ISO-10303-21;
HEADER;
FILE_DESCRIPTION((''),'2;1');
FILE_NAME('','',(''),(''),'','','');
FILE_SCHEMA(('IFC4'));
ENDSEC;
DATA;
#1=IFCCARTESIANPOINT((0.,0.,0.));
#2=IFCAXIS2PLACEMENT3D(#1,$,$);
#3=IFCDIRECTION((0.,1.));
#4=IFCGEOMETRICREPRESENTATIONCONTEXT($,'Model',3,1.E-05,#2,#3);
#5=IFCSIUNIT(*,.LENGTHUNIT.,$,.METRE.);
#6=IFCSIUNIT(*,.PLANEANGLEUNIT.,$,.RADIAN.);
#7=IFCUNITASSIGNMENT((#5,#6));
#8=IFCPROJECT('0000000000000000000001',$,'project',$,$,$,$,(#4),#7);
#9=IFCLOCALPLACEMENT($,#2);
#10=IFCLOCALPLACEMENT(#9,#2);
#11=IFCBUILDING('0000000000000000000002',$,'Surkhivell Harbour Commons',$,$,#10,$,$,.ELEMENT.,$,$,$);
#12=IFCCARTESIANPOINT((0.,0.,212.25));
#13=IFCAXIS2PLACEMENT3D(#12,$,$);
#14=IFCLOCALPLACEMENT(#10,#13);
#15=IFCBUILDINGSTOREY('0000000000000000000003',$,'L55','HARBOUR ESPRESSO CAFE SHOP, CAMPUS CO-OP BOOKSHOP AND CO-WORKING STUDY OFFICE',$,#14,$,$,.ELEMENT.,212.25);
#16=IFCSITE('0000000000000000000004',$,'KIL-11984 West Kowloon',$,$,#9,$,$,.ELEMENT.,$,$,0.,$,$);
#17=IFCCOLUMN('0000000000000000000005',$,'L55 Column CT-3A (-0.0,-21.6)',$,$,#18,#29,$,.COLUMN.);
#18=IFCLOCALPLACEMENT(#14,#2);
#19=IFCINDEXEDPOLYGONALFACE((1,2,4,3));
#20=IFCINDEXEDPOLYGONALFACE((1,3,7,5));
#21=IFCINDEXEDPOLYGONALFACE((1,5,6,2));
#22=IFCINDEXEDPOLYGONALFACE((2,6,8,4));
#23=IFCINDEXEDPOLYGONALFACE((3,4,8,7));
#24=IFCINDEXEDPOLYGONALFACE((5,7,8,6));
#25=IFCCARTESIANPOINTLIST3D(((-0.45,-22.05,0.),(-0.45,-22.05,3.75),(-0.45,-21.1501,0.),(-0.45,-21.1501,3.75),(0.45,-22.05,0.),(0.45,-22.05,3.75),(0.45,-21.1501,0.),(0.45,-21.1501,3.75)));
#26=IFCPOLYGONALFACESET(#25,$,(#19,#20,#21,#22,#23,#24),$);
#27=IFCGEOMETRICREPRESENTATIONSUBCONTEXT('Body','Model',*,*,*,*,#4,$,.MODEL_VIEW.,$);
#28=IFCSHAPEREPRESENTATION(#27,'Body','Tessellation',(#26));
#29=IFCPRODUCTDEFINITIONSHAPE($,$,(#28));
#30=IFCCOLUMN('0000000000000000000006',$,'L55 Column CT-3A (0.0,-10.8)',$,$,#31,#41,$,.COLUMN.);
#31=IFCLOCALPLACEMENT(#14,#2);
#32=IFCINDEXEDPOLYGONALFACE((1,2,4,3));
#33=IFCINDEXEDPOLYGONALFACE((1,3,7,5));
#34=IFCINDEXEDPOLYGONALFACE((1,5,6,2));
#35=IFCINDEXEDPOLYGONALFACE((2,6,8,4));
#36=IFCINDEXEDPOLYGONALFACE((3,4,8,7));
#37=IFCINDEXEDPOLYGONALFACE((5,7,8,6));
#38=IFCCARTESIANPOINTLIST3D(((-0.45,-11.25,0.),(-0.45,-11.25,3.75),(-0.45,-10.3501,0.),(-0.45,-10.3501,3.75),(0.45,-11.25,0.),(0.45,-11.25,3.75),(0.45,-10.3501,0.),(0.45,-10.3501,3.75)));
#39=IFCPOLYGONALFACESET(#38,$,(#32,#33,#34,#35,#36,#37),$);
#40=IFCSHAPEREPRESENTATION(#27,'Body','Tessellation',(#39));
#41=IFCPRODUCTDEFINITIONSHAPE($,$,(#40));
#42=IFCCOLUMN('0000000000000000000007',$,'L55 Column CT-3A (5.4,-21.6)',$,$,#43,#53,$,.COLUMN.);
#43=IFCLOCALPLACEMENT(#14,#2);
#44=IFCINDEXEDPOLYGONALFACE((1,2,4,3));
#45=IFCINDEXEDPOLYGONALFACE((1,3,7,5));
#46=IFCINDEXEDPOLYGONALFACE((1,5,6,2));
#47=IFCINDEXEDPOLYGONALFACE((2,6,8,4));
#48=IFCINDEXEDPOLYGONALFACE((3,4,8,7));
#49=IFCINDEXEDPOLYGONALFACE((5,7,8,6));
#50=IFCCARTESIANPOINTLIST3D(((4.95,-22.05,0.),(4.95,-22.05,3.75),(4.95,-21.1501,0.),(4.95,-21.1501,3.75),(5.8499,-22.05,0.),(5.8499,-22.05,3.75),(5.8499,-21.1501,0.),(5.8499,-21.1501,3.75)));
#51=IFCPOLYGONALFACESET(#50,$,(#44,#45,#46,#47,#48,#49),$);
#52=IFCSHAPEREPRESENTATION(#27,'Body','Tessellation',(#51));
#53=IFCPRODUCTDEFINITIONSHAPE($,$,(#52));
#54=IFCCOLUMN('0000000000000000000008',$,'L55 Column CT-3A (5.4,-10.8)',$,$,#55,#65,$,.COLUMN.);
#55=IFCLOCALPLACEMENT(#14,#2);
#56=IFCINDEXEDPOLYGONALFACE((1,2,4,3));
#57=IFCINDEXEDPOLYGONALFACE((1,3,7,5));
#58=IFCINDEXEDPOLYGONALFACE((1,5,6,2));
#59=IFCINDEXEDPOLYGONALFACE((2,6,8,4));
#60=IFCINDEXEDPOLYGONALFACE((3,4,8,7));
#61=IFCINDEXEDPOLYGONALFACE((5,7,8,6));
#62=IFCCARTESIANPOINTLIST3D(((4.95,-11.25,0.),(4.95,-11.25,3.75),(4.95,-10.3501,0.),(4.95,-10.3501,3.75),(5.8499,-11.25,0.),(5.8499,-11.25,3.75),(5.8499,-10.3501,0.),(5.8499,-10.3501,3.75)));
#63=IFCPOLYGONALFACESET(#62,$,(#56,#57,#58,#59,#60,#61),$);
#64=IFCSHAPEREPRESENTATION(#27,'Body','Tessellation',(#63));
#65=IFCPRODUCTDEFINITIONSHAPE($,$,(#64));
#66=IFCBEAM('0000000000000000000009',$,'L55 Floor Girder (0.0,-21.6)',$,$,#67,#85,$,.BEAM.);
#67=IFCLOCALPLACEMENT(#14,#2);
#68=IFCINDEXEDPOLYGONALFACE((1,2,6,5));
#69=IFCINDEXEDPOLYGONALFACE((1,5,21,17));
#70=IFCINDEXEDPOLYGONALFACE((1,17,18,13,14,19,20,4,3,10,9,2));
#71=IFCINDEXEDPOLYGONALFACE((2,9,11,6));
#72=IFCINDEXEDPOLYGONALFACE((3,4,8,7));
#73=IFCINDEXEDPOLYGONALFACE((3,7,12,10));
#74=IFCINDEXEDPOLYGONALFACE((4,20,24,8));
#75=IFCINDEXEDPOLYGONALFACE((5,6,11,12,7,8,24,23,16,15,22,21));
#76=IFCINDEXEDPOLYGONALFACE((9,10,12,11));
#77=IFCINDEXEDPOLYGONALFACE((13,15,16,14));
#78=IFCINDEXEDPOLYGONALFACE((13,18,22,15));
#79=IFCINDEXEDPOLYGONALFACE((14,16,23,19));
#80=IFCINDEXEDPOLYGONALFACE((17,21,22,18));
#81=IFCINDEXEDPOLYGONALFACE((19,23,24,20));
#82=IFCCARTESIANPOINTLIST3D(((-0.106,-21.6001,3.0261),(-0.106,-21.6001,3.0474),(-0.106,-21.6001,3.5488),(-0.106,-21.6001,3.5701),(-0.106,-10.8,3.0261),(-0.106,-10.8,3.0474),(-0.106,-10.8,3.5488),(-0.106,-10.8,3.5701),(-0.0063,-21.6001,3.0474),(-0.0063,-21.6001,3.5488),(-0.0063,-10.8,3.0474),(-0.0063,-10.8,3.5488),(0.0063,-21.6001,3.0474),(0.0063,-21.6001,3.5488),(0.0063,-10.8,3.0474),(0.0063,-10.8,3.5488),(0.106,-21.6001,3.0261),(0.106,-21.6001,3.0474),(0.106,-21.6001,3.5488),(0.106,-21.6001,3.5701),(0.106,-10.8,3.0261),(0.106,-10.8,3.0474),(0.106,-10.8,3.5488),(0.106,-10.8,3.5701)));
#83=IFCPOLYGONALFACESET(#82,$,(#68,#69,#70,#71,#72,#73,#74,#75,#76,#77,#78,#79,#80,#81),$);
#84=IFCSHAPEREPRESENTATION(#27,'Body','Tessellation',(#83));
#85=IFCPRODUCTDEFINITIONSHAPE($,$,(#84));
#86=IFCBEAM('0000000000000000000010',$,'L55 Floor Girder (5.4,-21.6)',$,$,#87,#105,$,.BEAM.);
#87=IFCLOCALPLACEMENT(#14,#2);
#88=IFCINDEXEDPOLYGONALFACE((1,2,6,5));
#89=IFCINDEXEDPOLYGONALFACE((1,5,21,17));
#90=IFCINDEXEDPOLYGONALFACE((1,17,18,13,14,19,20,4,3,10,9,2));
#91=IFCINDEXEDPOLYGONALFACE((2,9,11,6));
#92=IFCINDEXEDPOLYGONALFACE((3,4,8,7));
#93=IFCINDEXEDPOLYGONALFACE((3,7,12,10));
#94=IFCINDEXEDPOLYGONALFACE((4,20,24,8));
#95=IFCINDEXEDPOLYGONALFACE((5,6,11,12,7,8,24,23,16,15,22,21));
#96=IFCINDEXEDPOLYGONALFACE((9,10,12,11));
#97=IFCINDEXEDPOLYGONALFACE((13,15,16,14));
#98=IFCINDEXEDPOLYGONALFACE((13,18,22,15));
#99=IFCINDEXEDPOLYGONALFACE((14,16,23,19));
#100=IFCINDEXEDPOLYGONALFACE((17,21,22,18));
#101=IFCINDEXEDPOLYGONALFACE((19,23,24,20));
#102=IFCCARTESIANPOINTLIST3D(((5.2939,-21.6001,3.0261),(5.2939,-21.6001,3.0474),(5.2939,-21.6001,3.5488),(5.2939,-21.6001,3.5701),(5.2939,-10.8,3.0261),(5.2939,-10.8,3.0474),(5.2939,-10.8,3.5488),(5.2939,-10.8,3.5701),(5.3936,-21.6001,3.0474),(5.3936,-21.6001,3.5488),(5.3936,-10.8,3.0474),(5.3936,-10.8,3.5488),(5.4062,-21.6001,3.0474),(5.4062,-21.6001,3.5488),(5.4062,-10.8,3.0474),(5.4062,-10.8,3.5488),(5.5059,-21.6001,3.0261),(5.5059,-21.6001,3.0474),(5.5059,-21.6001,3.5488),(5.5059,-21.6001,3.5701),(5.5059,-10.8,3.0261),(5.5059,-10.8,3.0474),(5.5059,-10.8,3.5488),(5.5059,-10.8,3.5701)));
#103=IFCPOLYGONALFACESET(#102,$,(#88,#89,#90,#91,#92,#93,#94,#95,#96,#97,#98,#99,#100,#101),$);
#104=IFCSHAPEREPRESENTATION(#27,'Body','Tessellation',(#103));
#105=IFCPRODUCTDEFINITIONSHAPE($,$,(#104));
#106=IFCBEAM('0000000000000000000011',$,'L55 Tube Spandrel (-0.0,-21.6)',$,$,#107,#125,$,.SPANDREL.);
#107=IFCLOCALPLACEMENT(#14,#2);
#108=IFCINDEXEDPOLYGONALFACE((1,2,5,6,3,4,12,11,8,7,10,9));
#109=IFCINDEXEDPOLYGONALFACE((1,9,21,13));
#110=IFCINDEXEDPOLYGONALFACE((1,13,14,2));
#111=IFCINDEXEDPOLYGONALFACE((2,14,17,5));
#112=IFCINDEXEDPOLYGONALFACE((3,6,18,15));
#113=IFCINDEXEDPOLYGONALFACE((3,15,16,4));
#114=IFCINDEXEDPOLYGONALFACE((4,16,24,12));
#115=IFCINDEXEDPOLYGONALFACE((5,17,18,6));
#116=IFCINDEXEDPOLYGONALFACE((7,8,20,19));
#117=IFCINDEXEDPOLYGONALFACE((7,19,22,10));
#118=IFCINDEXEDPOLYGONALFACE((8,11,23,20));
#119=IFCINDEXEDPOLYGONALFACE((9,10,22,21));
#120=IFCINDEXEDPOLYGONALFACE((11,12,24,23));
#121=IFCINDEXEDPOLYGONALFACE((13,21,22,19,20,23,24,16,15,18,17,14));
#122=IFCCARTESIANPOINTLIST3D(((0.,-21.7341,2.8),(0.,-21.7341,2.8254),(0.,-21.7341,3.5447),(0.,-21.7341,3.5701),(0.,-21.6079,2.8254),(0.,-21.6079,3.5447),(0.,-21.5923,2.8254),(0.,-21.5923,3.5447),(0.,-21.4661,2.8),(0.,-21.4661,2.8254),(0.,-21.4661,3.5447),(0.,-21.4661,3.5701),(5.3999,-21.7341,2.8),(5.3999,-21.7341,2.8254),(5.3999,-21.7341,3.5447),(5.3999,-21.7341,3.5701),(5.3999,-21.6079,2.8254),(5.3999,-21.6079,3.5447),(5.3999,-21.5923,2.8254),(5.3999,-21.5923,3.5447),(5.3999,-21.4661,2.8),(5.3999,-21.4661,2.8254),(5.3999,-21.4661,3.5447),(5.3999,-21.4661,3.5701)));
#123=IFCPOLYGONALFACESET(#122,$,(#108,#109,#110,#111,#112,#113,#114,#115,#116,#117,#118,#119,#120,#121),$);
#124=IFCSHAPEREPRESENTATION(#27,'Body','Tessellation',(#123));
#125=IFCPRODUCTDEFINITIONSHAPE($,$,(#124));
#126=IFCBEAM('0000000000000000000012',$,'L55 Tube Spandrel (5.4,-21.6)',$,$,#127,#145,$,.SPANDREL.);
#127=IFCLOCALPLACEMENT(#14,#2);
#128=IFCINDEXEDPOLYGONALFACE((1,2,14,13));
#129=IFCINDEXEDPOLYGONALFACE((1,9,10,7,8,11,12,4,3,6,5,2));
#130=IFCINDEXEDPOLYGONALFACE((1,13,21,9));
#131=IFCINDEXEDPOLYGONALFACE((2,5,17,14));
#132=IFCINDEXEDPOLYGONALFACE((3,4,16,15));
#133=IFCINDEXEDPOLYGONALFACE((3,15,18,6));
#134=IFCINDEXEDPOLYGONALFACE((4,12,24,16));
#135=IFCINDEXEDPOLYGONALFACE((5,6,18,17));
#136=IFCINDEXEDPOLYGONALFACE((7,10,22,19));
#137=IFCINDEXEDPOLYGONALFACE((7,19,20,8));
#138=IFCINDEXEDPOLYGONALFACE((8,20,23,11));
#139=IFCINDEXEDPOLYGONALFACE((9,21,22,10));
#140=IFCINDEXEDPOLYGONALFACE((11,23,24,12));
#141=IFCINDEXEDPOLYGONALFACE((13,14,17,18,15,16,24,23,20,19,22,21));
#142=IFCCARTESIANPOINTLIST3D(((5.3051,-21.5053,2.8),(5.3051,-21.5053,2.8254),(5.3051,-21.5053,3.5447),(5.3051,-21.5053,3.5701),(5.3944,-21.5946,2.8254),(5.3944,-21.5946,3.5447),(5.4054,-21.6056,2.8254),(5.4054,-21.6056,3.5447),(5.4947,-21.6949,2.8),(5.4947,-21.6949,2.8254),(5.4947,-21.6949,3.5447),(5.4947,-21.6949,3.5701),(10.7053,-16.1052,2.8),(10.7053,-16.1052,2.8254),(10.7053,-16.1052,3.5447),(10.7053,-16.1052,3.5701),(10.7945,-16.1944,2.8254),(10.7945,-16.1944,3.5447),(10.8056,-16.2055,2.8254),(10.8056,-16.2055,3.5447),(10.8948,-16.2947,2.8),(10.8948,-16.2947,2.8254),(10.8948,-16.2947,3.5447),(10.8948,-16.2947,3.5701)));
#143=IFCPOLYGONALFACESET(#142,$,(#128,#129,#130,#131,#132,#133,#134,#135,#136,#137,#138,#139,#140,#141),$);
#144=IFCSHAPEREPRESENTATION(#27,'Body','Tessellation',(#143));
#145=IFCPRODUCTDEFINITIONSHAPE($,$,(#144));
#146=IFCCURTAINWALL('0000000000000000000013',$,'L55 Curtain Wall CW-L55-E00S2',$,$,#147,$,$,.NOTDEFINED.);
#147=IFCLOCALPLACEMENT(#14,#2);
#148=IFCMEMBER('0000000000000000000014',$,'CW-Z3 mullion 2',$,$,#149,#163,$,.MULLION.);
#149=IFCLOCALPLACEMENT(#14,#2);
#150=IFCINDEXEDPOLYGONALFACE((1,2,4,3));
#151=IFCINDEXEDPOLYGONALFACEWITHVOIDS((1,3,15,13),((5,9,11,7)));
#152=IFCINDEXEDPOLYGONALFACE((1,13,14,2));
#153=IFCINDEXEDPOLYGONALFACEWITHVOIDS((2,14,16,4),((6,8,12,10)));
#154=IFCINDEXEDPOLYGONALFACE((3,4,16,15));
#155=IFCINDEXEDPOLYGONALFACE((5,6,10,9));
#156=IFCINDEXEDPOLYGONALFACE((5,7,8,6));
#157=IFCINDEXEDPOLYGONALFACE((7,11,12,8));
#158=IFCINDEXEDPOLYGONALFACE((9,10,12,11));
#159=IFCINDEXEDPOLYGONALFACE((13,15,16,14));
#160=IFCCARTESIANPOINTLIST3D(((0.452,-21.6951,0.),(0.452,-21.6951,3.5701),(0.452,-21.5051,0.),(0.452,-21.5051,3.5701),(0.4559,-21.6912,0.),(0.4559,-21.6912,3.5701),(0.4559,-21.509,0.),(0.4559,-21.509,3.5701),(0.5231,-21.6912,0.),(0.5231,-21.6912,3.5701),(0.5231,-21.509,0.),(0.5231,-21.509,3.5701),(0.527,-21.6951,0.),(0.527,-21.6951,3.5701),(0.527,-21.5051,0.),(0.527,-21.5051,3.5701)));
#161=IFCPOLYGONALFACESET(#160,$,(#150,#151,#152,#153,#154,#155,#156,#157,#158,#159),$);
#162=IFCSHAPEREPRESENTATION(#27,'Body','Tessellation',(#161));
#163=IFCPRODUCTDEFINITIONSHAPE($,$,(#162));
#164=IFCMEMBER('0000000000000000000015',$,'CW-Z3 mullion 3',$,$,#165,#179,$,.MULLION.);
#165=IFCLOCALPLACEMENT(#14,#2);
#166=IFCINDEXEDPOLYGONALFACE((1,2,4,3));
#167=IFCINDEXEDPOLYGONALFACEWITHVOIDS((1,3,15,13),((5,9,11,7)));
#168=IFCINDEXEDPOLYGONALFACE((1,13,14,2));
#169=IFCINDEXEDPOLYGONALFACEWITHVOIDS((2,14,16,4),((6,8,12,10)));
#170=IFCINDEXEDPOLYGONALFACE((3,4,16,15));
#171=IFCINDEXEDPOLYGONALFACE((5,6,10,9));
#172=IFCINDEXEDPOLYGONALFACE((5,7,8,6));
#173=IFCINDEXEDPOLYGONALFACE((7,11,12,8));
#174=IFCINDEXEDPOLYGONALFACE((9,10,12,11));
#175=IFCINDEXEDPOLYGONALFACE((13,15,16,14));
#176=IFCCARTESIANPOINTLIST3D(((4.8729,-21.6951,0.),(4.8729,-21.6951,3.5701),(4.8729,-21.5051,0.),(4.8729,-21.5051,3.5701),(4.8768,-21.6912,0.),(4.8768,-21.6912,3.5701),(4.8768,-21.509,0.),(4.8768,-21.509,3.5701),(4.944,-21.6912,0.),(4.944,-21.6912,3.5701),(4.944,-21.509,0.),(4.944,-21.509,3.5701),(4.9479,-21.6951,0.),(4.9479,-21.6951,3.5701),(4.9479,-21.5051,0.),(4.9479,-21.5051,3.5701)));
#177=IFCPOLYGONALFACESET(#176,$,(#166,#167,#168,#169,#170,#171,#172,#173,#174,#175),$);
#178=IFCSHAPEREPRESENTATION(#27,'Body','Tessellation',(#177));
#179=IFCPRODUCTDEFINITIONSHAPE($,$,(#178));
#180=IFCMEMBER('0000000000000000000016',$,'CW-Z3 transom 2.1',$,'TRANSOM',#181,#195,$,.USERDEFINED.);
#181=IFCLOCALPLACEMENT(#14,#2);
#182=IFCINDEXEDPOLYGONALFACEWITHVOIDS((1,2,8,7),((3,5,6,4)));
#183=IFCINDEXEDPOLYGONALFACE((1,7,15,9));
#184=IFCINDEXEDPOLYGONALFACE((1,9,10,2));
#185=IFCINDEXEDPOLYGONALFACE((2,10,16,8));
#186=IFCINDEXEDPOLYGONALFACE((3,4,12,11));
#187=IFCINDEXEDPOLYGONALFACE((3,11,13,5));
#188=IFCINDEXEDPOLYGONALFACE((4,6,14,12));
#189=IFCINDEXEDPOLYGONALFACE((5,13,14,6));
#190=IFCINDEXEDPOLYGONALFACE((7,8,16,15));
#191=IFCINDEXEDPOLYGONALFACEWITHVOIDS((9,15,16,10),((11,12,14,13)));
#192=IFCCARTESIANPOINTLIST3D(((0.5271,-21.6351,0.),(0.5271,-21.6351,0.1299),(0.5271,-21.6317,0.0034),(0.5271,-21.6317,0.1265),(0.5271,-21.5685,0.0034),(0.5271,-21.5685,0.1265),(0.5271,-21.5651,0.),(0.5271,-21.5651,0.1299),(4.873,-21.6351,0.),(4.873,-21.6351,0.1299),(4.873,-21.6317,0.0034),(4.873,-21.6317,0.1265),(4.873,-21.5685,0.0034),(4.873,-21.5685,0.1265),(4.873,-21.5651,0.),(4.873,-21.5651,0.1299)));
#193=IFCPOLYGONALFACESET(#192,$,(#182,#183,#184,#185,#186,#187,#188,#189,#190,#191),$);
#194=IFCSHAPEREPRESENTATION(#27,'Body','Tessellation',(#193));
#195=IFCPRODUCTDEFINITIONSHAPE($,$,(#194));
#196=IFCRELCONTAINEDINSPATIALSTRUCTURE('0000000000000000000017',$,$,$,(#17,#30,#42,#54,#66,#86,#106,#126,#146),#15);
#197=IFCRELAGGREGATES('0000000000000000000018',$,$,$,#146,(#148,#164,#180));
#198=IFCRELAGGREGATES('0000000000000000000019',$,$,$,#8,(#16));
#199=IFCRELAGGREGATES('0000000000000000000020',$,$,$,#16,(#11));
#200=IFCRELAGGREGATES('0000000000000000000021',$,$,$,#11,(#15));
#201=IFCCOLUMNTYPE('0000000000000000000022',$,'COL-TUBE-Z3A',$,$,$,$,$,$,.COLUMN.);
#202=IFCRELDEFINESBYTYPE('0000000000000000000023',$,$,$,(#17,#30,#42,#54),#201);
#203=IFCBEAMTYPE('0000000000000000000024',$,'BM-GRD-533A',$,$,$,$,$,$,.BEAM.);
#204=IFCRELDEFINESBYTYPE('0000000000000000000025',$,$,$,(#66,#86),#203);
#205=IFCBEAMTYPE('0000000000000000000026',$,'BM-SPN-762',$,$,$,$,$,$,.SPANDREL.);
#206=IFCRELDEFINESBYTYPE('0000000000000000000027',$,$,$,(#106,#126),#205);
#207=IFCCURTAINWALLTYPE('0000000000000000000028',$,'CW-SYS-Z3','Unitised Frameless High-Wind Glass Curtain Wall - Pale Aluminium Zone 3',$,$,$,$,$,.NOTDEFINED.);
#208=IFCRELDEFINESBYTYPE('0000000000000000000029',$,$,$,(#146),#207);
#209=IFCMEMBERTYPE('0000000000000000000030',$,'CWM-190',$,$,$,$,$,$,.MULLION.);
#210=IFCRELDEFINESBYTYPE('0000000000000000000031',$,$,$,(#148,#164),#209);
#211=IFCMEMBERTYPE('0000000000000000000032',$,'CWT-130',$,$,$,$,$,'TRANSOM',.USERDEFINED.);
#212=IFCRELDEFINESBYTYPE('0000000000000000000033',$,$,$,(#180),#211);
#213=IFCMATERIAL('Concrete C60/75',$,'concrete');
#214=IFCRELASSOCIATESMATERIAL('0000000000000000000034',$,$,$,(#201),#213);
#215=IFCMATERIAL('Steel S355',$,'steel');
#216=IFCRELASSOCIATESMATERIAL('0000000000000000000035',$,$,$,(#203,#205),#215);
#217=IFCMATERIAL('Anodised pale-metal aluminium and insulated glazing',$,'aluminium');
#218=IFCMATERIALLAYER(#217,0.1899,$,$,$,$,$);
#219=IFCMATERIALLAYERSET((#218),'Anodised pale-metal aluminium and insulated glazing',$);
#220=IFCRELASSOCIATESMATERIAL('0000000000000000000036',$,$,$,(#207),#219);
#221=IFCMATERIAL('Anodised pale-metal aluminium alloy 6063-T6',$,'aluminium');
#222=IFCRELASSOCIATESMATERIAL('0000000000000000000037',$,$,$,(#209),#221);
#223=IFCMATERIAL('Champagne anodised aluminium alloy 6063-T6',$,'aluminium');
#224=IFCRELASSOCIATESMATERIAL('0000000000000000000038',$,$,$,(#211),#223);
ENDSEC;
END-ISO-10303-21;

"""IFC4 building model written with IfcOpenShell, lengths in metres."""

from ifc_helpers import new_model, si_unit, direction, frame, origin, origin_2d, place, context, subcontext, project, spatial, rectangle, hollow_rectangle, i_section, extrude, material, layer, layer_set, material_profile, profile_set, type_object, element, aggregate, save


model = new_model("IFC4")

# Units and contexts
model_context = context("Model", 3, precision=1e-05, world=origin(), true_north=direction((0.0, 1.0)))
body_context = subcontext(model_context, "Body", "Model", "MODEL_VIEW")
ifc_project = project(units=[si_unit("LENGTHUNIT", "METRE"), si_unit("PLANEANGLEUNIT", "RADIAN")], contexts=[model_context])

# Site, building, storey
site_placement = place(None, origin())
site = spatial("IfcSite", under=ifc_project, at=site_placement, Name="KIL-11984 West Kowloon", CompositionType="ELEMENT", RefElevation=0.0)
building_placement = place(site_placement, origin())
building = spatial("IfcBuilding", under=site, at=building_placement, Name="Surkhivell Harbour Commons", CompositionType="ELEMENT")
storey_placement = place(building_placement, frame((0.0, 0.0, 212.25)))
storey = spatial("IfcBuildingStorey", under=building, at=storey_placement, Name="L55", Description="HARBOUR ESPRESSO CAFE SHOP, CAMPUS CO-OP BOOKSHOP AND CO-WORKING STUDY OFFICE", CompositionType="ELEMENT", Elevation=212.25)

# Columns
ifc_material_1 = material(Name="Concrete C60/75", Category="concrete")
ifc_material_profile_1 = material_profile(ifc_material_1, rectangle(XDim=0.8999, YDim=0.8999, at=origin_2d()), Name="RC-COL-900x900")
ifc_profile_set_1 = profile_set([ifc_material_profile_1], Name="Concrete C60/75")
column_type = type_object("IfcColumnType", Name="COL-TUBE-Z3A", PredefinedType="COLUMN", material=ifc_profile_set_1)
for number, where, z_axis, x_axis, name in (
    (1, (0.0, -21.6001, 0.0), (0.0, 0.0, 1.0), (1.0, 0.0, 0.0), "L55 Column CT-3A (-0.0,-21.6)"),
    (2, (0.0, -10.8, 0.0), (0.0, 0.0, 1.0), (1.0, 0.0, 0.0), "L55 Column CT-3A (0.0,-10.8)"),
    (3, (5.3999, -21.6001, 0.0), (0.0, 0.0, 1.0), (1.0, 0.0, 0.0), "L55 Column CT-3A (5.4,-21.6)"),
    (4, (5.3999, -10.8, 0.0), (0.0, 0.0, 1.0), (1.0, 0.0, 0.0), "L55 Column CT-3A (5.4,-10.8)"),
):
    element("IfcColumn", number, at=place(storey_placement, frame(where, z_axis=z_axis, x_axis=x_axis)), inside=storey, type_object=column_type, Name=name, PredefinedType="COLUMN", context=body_context, shape_type="SweptSolid", body=[
        extrude(rectangle(XDim=0.8999, YDim=0.8999, at=origin_2d()), origin(), (0.0, 0.0, 1.0), 3.75),
    ])

# Beams
ifc_material_2 = material(Name="Steel S355", Category="steel")
ifc_material_profile_2 = material_profile(ifc_material_2, i_section(OverallWidth=0.2119, OverallDepth=0.5439, WebThickness=0.0127, FlangeThickness=0.0212, at=origin_2d()), Name="UB533x210x122")
ifc_profile_set_2 = profile_set([ifc_material_profile_2], Name="Steel S355")
beam_type_1 = type_object("IfcBeamType", Name="BM-GRD-533A", PredefinedType="BEAM", material=ifc_profile_set_2)
for number, where, z_axis, x_axis, name in (
    (5, (0.0, -21.6001, 3.2981), (0.0, 1.0, 0.0), (-1.0, 0.0, 0.0), "L55 Floor Girder (0.0,-21.6)"),
    (6, (5.3999, -21.6001, 3.2981), (0.0, 1.0, 0.0), (-1.0, 0.0, 0.0), "L55 Floor Girder (5.4,-21.6)"),
):
    element("IfcBeam", number, at=place(storey_placement, frame(where, z_axis=z_axis, x_axis=x_axis)), inside=storey, type_object=beam_type_1, Name=name, PredefinedType="BEAM", context=body_context, shape_type="SweptSolid", body=[
        extrude(i_section(OverallWidth=0.2119, OverallDepth=0.5439, WebThickness=0.0127, FlangeThickness=0.0212, at=origin_2d()), origin(), (0.0, 0.0, 1.0), 10.8),
    ])
ifc_material_profile_3 = material_profile(ifc_material_2, i_section(OverallWidth=0.2681, OverallDepth=0.77, WebThickness=0.0156, FlangeThickness=0.0254, at=origin_2d()), Name="UB762x267x197")
ifc_profile_set_3 = profile_set([ifc_material_profile_3], Name="Steel S355")
beam_type_2 = type_object("IfcBeamType", Name="BM-SPN-762", PredefinedType="SPANDREL", material=ifc_profile_set_3)
beam_1_placement = place(storey_placement, frame((0.0, -21.6001, 3.1851), z_axis=(1.0, 0.0, 0.0), x_axis=(0.0, 1.0, 0.0)))
element("IfcBeam", 7, at=beam_1_placement, inside=storey, type_object=beam_type_2, Name="L55 Tube Spandrel (-0.0,-21.6)", PredefinedType="SPANDREL", context=body_context, shape_type="SweptSolid", body=[
    extrude(i_section(OverallWidth=0.2681, OverallDepth=0.77, WebThickness=0.0156, FlangeThickness=0.0254, at=origin_2d()), origin(), (0.0, 0.0, 1.0), 5.3999),
])
beam_2_placement = place(storey_placement, frame((5.3999, -21.6001, 3.1851), z_axis=(0.707107, 0.707107, 0.0), x_axis=(-0.707107, 0.707107, 0.0)))
element("IfcBeam", 8, at=beam_2_placement, inside=storey, type_object=beam_type_2, Name="L55 Tube Spandrel (5.4,-21.6)", PredefinedType="SPANDREL", context=body_context, shape_type="SweptSolid", body=[
    extrude(i_section(OverallWidth=0.2681, OverallDepth=0.77, WebThickness=0.0156, FlangeThickness=0.0254, at=origin_2d()), origin(), (0.0, 0.0, 1.0), 7.637),
])

# Curtain wall, members
ifc_material_3 = material(Name="Anodised pale-metal aluminium and insulated glazing", Category="aluminium")
ifc_layer_1 = layer(ifc_material_3, 0.1899)
ifc_layer_set_1 = layer_set([ifc_layer_1], Name="Anodised pale-metal aluminium and insulated glazing")
curtain_wall_type = type_object("IfcCurtainWallType", Name="CW-SYS-Z3", Description="Unitised Frameless High-Wind Glass Curtain Wall - Pale Aluminium Zone 3", PredefinedType="NOTDEFINED", material=ifc_layer_set_1)
curtain_wall_placement = place(storey_placement, origin())
curtain_wall = element("IfcCurtainWall", 9, at=curtain_wall_placement, inside=storey, type_object=curtain_wall_type, Name="L55 Curtain Wall CW-L55-E00S2", PredefinedType="NOTDEFINED")
ifc_material_4 = material(Name="Anodised pale-metal aluminium alloy 6063-T6", Category="aluminium")
ifc_material_profile_4 = material_profile(ifc_material_4, hollow_rectangle(XDim=0.075, YDim=0.1899, WallThickness=0.0039, at=origin_2d()), Name="ALU-MULL-75x190")
ifc_profile_set_4 = profile_set([ifc_material_profile_4], Name="Anodised pale-metal aluminium alloy 6063-T6")
member_type_1 = type_object("IfcMemberType", Name="CWM-190", PredefinedType="MULLION", material=ifc_profile_set_4)
member_1_placement = place(storey_placement, frame((0.4895, -21.6001, 0.0), z_axis=(0.0, 0.0, 1.0), x_axis=(1.0, 0.0, 0.0)))
member_1 = element("IfcMember", 10, at=member_1_placement, type_object=member_type_1, Name="CW-Z3 mullion 2", PredefinedType="MULLION", context=body_context, shape_type="SweptSolid", body=[
    extrude(hollow_rectangle(XDim=0.075, YDim=0.1899, WallThickness=0.0039, at=origin_2d()), origin(), (0.0, 0.0, 1.0), 3.5701),
])
member_2_placement = place(storey_placement, frame((4.9104, -21.6001, 0.0), z_axis=(0.0, 0.0, 1.0), x_axis=(1.0, 0.0, 0.0)))
member_2 = element("IfcMember", 11, at=member_2_placement, type_object=member_type_1, Name="CW-Z3 mullion 3", PredefinedType="MULLION", context=body_context, shape_type="SweptSolid", body=[
    extrude(hollow_rectangle(XDim=0.075, YDim=0.1899, WallThickness=0.0039, at=origin_2d()), origin(), (0.0, 0.0, 1.0), 3.5701),
])
ifc_material_5 = material(Name="Champagne anodised aluminium alloy 6063-T6", Category="aluminium")
ifc_material_profile_5 = material_profile(ifc_material_5, hollow_rectangle(XDim=0.0701, YDim=0.1299, WallThickness=0.0034, at=origin_2d()), Name="ALU-TRAN-70x130")
ifc_profile_set_5 = profile_set([ifc_material_profile_5], Name="Champagne anodised aluminium alloy 6063-T6")
member_type_2 = type_object("IfcMemberType", Name="CWT-130", ElementType="TRANSOM", PredefinedType="USERDEFINED", material=ifc_profile_set_5)
member_3_placement = place(storey_placement, frame((0.5271, -21.6001, 0.0649), z_axis=(1.0, 0.0, 0.0), x_axis=(0.0, 1.0, 0.0)))
member_3 = element("IfcMember", 12, at=member_3_placement, type_object=member_type_2, Name="CW-Z3 transom 2.1", ObjectType="TRANSOM", PredefinedType="USERDEFINED", context=body_context, shape_type="SweptSolid", body=[
    extrude(hollow_rectangle(XDim=0.0701, YDim=0.1299, WallThickness=0.0034, at=origin_2d()), origin(), (0.0, 0.0, 1.0), 4.3459),
])
aggregate(curtain_wall, [member_1, member_2, member_3])

save(model, "model.ifc")
